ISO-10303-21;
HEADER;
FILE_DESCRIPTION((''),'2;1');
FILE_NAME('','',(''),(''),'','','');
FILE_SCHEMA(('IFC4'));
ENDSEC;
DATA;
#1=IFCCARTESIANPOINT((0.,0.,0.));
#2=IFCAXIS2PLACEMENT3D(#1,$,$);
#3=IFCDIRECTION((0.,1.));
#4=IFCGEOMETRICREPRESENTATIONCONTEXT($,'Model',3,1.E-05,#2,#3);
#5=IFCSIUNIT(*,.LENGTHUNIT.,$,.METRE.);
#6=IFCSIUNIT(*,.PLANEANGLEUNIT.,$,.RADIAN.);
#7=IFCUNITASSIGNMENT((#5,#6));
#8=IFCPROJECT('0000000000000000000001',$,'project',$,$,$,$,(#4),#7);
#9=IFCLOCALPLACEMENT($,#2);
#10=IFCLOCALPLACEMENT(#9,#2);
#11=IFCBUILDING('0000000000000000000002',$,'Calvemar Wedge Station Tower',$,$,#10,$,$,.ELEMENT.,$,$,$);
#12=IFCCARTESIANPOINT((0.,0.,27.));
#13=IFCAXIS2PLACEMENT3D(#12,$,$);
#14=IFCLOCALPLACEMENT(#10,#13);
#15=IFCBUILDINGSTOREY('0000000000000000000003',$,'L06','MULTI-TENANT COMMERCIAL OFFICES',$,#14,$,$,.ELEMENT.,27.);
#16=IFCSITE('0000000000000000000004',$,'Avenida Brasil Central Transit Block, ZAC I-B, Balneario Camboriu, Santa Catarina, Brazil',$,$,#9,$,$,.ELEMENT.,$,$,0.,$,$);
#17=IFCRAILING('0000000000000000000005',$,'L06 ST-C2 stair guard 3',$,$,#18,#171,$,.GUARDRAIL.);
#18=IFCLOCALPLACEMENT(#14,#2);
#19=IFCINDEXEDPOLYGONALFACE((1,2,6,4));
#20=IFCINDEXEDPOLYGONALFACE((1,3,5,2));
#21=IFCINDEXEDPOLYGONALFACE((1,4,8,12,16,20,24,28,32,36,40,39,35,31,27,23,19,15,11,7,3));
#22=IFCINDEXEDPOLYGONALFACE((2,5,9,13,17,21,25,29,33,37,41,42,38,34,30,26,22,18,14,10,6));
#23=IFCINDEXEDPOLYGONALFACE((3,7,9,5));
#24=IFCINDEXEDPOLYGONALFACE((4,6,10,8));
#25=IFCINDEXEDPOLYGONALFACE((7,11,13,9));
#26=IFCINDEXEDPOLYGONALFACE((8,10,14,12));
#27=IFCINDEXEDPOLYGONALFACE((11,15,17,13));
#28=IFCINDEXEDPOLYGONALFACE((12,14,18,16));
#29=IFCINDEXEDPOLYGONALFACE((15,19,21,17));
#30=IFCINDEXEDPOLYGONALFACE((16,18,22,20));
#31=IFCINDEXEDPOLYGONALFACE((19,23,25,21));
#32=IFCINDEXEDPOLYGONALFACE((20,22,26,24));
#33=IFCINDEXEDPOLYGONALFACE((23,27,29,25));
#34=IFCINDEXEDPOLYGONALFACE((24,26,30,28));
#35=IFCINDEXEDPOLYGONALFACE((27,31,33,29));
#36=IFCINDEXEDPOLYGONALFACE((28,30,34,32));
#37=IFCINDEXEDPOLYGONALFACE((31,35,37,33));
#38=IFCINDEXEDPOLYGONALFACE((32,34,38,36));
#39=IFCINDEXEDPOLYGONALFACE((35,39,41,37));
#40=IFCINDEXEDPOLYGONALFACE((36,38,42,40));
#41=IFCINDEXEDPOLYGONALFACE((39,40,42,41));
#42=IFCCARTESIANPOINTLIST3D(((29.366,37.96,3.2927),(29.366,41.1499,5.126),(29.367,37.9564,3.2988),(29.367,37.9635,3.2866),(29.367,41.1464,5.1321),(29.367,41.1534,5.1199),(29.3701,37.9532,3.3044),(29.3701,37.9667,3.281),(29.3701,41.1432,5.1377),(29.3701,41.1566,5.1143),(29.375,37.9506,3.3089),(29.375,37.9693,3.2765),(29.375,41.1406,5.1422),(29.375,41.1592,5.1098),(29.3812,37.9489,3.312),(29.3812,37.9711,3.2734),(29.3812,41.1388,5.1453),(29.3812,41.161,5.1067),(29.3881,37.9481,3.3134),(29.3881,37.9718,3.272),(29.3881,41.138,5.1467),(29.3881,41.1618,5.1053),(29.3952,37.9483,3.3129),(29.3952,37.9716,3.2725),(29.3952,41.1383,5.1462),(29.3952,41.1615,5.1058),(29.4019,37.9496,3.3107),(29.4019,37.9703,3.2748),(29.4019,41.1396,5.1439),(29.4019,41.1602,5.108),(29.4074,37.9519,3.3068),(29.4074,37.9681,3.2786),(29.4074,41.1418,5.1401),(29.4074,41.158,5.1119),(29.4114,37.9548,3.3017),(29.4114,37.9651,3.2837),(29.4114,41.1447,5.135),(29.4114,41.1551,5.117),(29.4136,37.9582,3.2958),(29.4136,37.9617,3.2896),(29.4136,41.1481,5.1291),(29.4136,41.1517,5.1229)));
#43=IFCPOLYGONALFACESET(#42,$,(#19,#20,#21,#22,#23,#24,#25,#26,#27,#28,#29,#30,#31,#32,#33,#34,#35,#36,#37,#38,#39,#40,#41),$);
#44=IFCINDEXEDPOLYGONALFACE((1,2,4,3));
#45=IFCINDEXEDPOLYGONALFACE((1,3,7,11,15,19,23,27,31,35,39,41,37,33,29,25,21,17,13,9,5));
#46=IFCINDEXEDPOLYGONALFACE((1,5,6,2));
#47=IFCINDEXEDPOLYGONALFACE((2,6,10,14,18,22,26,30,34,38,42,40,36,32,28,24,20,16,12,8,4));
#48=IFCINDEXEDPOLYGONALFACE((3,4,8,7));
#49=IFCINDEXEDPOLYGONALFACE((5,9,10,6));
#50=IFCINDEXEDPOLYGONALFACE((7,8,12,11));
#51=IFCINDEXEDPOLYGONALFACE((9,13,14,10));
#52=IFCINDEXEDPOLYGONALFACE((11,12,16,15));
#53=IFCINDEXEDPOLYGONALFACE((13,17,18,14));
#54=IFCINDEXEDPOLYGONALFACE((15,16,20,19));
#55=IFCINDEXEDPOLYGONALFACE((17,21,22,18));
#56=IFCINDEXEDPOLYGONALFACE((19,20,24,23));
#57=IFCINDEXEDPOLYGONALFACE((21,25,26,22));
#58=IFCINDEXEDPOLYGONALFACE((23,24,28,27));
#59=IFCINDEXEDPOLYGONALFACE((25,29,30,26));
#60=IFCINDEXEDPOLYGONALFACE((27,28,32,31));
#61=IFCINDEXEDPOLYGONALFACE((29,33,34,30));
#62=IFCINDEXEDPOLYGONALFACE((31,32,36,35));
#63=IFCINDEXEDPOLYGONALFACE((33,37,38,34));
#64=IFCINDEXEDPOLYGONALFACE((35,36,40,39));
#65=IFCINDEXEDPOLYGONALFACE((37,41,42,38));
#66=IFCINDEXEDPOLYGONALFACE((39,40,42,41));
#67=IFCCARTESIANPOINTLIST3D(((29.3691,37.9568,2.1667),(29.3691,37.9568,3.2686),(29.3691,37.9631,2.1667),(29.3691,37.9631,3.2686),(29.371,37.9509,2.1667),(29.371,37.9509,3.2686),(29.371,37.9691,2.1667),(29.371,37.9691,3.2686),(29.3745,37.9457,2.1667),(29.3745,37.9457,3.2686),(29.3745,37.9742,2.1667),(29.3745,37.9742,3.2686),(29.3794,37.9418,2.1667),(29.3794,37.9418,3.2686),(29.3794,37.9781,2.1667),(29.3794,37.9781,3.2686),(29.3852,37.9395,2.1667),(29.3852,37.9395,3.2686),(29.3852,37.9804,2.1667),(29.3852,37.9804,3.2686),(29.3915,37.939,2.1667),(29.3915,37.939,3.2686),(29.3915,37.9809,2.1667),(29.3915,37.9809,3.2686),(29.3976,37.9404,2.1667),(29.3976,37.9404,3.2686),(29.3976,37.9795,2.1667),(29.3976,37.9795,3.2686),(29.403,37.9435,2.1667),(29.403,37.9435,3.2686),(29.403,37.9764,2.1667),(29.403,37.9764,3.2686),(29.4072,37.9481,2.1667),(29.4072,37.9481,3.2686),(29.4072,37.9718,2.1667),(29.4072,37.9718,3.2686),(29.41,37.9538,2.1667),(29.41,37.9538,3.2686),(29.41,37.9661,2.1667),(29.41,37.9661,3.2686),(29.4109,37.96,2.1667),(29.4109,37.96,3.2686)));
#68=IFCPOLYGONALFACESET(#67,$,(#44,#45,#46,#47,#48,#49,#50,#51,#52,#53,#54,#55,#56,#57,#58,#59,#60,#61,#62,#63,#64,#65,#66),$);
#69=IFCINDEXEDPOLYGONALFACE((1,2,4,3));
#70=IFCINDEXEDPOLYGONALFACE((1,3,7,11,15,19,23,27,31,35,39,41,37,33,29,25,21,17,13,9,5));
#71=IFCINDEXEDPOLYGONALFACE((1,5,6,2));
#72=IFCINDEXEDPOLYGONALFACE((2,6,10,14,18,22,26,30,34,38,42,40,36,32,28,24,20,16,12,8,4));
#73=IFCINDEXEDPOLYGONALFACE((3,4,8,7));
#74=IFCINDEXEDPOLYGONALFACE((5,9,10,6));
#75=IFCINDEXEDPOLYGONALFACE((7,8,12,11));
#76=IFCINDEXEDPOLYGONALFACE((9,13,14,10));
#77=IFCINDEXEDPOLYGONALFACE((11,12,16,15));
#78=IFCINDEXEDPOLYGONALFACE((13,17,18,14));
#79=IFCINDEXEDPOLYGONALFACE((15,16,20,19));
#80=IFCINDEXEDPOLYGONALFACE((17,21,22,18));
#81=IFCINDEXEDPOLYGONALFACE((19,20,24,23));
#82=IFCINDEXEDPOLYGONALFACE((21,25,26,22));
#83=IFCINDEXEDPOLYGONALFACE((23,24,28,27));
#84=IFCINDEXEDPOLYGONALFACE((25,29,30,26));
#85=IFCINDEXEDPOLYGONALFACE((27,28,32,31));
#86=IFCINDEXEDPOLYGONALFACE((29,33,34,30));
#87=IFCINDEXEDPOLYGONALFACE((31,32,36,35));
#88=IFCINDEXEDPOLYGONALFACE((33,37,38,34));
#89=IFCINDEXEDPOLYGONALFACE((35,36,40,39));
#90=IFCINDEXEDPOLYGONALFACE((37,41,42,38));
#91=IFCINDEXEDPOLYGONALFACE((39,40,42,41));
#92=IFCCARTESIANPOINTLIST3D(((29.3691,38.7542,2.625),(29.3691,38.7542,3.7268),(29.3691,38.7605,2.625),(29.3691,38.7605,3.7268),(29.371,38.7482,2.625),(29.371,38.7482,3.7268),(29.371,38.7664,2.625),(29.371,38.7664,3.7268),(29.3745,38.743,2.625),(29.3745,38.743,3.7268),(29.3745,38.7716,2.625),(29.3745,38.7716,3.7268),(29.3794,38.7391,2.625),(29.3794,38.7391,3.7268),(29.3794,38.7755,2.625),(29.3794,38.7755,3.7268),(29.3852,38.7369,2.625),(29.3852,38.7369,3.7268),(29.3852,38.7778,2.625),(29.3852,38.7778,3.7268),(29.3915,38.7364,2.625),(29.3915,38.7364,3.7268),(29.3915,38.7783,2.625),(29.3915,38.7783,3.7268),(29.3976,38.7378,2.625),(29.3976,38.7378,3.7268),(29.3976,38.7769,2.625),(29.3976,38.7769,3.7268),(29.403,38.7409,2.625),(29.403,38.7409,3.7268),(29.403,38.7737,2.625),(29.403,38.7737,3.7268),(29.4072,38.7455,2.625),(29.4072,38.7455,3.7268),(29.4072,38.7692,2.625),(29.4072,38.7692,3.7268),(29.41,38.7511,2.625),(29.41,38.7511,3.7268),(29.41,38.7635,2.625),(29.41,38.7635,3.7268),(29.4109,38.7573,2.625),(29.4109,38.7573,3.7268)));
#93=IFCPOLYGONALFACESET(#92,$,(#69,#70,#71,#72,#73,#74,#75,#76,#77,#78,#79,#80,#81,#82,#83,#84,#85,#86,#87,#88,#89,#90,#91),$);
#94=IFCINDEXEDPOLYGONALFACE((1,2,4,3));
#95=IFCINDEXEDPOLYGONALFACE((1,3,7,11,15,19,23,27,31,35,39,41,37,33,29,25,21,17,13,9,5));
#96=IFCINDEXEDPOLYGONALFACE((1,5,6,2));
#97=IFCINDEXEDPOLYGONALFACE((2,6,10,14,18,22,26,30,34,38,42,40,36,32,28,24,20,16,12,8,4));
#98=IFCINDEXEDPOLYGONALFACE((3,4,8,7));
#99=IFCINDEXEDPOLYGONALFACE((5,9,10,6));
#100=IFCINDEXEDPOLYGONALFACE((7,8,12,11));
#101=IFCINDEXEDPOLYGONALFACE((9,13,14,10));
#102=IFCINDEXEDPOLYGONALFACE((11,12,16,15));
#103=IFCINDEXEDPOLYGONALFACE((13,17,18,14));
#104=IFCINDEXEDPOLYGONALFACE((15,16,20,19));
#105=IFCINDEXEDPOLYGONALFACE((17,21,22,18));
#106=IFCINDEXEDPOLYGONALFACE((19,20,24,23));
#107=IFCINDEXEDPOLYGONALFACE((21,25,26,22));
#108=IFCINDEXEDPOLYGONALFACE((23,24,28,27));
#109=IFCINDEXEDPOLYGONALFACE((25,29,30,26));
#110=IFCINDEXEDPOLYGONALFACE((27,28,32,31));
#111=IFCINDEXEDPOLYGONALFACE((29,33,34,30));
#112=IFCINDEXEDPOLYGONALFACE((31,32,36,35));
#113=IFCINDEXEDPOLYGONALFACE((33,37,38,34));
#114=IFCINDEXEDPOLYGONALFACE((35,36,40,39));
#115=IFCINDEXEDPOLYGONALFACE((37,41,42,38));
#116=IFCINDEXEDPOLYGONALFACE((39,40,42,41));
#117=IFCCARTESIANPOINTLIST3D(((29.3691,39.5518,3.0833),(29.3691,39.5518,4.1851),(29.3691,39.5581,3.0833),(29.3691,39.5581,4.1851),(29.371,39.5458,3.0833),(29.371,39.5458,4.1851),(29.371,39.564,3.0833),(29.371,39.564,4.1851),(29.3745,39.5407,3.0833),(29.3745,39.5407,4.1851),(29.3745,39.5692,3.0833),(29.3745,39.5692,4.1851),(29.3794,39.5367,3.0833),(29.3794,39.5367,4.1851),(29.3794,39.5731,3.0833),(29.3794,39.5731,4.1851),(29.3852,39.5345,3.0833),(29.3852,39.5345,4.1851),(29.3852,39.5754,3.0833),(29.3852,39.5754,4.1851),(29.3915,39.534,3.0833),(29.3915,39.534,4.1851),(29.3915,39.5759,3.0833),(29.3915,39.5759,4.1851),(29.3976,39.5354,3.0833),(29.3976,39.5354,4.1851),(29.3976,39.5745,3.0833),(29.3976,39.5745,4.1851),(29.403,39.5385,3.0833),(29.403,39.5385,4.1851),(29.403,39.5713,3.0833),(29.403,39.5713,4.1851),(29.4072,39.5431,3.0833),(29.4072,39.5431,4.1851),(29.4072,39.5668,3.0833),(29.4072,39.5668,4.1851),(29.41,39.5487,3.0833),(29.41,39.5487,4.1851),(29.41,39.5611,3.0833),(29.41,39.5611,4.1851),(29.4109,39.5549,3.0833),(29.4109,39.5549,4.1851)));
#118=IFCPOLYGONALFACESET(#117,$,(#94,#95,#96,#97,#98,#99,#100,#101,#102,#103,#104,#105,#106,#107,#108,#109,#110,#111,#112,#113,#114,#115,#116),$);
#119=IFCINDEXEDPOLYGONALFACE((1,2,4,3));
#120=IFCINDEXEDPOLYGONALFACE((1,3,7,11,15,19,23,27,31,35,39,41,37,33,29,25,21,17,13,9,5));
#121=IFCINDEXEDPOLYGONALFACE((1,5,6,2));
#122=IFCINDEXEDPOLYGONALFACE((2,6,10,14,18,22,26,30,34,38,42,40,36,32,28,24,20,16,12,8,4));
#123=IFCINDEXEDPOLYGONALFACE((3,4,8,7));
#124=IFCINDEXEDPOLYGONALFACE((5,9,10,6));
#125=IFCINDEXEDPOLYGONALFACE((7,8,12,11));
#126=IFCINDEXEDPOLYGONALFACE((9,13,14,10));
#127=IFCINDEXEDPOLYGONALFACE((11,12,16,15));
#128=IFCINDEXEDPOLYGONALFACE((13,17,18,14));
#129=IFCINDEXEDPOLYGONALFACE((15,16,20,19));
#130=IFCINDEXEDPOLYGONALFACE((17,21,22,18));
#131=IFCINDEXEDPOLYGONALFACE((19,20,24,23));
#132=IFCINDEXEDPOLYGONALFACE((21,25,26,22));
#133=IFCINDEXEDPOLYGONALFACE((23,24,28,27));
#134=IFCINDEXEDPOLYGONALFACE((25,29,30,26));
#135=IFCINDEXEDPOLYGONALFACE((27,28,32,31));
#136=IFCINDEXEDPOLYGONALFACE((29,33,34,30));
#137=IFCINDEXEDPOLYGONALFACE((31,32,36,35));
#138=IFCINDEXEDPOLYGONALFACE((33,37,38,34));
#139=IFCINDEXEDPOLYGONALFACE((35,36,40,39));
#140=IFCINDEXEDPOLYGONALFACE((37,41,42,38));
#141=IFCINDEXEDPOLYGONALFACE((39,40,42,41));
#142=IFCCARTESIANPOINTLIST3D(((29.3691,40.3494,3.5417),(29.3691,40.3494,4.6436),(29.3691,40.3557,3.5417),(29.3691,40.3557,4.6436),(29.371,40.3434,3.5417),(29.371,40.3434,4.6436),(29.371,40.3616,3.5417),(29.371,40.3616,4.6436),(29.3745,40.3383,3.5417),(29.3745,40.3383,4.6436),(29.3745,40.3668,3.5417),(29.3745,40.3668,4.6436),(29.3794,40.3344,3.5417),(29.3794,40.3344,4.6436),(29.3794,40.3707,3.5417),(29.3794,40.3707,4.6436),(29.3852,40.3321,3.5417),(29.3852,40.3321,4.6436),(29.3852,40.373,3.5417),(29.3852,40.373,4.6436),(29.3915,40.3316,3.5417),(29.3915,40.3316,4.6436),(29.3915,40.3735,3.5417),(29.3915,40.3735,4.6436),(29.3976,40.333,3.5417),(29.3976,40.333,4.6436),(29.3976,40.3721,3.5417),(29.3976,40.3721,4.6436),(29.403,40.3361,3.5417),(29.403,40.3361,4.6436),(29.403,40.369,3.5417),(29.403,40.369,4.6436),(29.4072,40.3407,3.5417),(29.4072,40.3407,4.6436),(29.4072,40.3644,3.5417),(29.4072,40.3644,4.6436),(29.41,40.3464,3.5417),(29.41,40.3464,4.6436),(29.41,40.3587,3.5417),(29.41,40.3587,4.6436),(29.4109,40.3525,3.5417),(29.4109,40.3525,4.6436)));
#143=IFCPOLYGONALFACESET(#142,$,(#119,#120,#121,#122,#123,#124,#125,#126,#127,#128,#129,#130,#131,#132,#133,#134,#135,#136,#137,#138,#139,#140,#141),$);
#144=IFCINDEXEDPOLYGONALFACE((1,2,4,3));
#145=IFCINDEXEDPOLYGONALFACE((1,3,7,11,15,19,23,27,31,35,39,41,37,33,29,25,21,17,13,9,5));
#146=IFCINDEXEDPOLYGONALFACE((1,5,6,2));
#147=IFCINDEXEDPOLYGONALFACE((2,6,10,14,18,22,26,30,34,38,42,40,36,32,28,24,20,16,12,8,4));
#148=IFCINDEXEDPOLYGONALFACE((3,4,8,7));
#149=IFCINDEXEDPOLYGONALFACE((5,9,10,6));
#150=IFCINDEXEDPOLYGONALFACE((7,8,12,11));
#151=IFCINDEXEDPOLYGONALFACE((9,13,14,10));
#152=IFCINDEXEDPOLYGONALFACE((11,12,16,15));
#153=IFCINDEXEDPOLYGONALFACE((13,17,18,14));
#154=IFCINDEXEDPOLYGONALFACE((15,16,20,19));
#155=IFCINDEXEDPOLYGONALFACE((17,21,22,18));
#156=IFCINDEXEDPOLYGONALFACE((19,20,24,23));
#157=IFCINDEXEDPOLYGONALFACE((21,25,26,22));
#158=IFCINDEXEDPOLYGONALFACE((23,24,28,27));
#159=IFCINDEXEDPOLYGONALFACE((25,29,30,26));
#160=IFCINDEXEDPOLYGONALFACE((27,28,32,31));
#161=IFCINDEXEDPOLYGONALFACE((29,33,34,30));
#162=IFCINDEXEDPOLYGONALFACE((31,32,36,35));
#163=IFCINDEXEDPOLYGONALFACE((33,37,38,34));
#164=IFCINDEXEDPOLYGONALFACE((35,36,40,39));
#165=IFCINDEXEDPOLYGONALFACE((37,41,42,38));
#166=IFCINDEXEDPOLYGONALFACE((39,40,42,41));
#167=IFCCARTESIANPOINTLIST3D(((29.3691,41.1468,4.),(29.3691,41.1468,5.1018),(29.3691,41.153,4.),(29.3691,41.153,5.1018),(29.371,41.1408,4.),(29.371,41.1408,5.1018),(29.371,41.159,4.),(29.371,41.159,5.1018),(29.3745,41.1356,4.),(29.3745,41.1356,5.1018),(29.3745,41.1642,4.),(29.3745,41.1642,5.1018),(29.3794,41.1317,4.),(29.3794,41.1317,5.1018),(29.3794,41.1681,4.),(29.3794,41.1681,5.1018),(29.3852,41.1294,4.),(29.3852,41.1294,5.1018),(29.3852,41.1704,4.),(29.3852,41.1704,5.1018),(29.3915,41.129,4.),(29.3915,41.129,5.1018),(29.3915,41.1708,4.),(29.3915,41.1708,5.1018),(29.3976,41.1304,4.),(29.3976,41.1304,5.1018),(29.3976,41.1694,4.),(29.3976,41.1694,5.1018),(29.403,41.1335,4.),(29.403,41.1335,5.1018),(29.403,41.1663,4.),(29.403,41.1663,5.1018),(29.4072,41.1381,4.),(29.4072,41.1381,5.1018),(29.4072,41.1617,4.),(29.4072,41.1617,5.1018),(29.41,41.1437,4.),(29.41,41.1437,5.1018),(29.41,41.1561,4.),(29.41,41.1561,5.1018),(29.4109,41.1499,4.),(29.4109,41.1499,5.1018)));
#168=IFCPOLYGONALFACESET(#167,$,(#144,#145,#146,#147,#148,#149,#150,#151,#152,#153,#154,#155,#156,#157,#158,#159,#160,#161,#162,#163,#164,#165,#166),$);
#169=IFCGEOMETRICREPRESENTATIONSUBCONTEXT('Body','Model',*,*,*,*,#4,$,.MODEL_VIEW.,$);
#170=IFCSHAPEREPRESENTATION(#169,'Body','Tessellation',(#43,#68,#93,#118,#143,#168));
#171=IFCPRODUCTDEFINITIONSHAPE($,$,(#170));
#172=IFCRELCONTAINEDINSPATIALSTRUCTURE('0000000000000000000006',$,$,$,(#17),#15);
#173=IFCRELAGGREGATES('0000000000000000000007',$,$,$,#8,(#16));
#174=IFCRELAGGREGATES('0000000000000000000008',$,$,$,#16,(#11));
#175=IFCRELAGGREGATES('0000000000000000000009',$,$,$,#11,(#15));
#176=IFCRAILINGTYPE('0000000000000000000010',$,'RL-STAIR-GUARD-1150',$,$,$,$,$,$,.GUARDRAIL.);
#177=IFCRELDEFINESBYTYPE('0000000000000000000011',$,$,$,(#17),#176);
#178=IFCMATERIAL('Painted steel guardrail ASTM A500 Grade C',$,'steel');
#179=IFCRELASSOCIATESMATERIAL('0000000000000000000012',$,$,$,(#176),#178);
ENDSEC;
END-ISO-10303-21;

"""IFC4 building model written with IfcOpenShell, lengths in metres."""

from ifc_helpers import new_model, si_unit, direction, frame, origin, origin_2d, place, context, subcontext, project, spatial, circle, extrude, material, type_object, element, save


model = new_model("IFC4")

# Units and contexts
model_context = context("Model", 3, precision=1e-05, world=origin(), true_north=direction((0.0, 1.0)))
body_context = subcontext(model_context, "Body", "Model", "MODEL_VIEW")
ifc_project = project(units=[si_unit("LENGTHUNIT", "METRE"), si_unit("PLANEANGLEUNIT", "RADIAN")], contexts=[model_context])

# Site, building, storey
site_placement = place(None, origin())
site = spatial("IfcSite", under=ifc_project, at=site_placement, Name="Avenida Brasil Central Transit Block, ZAC I-B, Balneario Camboriu, Santa Catarina, Brazil", CompositionType="ELEMENT", RefElevation=0.0)
building_placement = place(site_placement, origin())
building = spatial("IfcBuilding", under=site, at=building_placement, Name="Calvemar Wedge Station Tower", CompositionType="ELEMENT")
storey_placement = place(building_placement, frame((0.0, 0.0, 27.0)))
storey = spatial("IfcBuildingStorey", under=building, at=storey_placement, Name="L06", Description="MULTI-TENANT COMMERCIAL OFFICES", CompositionType="ELEMENT", Elevation=27.0)

# Railing
ifc_material_1 = material(Name="Painted steel guardrail ASTM A500 Grade C", Category="steel")
railing_type_1 = type_object("IfcRailingType", Name="RL-STAIR-GUARD-1150", PredefinedType="GUARDRAIL", material=ifc_material_1)
railing_1_placement = place(storey_placement, frame((29.3899, 37.96, 2.1667)))
element("IfcRailing", 1, at=railing_1_placement, inside=storey, type_object=railing_type_1, Name="L06 ST-C2 stair guard 3", PredefinedType="GUARDRAIL", context=body_context, shape_type="SweptSolid", body=[
    extrude(circle(Radius=0.0239, at=origin_2d()), frame((0.0, 0.0, 1.126), z_axis=(0.0, 0.86702, 0.498274), x_axis=(-1.0, 0.0, 0.0)), (0.0, 0.0, 1.0), 3.6792),
    extrude(circle(Radius=0.021, at=origin_2d()), origin(), (0.0, 0.0, 1.0), 1.1018),
    extrude(circle(Radius=0.021, at=origin_2d()), frame((0.0, 0.7974, 0.4583)), (0.0, 0.0, 1.0), 1.1018),
    extrude(circle(Radius=0.021, at=origin_2d()), frame((0.0, 1.595, 0.9165)), (0.0, 0.0, 1.0), 1.1018),
    extrude(circle(Radius=0.021, at=origin_2d()), frame((0.0, 2.3926, 1.375)), (0.0, 0.0, 1.0), 1.1018),
    extrude(circle(Radius=0.021, at=origin_2d()), frame((0.0, 3.1899, 1.8333)), (0.0, 0.0, 1.0), 1.1018),
])

save(model, "model.ifc")
